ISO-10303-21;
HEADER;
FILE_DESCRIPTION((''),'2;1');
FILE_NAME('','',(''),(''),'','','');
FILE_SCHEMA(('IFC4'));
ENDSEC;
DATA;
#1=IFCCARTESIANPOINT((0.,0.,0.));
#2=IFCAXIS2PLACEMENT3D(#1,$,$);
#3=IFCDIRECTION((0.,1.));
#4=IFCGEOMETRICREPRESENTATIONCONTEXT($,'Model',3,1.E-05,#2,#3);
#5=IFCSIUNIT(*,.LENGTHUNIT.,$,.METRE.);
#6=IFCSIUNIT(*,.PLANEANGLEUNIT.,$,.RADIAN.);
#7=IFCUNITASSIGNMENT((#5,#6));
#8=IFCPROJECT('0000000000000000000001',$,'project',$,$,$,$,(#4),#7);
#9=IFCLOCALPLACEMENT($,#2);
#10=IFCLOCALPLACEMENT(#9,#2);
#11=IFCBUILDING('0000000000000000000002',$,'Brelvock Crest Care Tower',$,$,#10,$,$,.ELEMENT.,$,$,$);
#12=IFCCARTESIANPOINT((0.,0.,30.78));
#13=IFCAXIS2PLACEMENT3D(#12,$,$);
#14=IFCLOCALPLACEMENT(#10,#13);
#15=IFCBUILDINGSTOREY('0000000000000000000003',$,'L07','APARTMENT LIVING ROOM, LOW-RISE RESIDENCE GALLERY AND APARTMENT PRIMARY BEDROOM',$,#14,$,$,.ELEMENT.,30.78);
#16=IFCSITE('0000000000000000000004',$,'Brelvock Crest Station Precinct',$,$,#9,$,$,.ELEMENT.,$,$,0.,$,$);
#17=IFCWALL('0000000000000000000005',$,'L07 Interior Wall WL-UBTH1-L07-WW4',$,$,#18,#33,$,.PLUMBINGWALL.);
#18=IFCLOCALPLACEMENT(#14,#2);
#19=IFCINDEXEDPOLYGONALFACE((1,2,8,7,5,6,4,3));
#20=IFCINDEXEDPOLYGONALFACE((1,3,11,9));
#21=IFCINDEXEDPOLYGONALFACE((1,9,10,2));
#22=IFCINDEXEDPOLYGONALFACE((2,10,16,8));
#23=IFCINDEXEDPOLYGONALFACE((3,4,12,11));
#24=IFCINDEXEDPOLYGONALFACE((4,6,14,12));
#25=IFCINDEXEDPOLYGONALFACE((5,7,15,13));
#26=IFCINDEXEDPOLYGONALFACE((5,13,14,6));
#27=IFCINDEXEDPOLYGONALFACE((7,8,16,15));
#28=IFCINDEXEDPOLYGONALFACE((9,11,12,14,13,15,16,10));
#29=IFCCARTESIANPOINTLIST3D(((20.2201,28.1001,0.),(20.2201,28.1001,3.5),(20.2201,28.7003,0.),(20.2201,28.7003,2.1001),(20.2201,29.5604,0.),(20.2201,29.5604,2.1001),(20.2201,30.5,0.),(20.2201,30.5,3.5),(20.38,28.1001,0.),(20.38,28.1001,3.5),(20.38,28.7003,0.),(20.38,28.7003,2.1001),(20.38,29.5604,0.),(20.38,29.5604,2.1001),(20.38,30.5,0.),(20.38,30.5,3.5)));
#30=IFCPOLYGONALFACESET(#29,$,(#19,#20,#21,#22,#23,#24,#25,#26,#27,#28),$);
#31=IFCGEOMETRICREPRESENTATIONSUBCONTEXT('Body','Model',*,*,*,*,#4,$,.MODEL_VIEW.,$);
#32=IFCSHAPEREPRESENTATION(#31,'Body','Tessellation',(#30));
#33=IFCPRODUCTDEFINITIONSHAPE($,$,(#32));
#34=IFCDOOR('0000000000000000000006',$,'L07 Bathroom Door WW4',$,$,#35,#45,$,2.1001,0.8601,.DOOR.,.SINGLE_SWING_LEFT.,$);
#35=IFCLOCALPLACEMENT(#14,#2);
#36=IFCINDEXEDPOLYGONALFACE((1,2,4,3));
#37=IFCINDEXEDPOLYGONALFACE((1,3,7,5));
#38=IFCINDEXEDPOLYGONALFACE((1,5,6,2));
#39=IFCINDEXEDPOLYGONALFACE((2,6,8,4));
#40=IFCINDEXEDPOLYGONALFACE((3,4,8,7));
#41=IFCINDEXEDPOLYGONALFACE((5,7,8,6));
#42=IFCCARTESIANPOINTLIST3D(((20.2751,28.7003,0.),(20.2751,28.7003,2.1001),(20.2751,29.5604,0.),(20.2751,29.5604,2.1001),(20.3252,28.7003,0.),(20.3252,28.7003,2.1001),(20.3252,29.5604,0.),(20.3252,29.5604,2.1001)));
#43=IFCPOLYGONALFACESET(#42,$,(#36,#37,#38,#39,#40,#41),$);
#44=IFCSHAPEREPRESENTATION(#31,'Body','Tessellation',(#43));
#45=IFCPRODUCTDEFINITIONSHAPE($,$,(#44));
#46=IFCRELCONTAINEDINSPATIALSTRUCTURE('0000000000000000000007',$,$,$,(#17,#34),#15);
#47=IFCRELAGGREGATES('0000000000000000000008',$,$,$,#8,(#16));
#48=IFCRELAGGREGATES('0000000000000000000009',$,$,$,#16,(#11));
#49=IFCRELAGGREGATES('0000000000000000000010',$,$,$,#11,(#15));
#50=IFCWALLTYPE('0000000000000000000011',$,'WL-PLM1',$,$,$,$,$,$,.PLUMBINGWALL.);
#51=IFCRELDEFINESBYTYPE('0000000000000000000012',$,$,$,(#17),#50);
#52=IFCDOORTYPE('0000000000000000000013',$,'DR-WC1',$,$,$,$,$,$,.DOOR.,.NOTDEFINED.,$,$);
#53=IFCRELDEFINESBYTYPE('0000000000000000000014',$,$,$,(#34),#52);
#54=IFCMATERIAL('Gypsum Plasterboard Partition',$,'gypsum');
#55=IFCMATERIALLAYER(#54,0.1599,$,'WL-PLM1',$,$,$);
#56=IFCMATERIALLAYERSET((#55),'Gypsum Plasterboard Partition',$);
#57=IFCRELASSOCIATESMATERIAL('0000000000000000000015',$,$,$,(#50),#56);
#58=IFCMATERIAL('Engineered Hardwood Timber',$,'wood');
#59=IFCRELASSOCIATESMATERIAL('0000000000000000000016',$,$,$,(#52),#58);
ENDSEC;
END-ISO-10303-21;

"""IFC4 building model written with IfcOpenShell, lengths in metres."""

from ifc_helpers import new_model, si_unit, direction, frame, frame_2d, origin, origin_2d, place, context, subcontext, project, spatial, rectangle, extrude, source, transform, mapped, material, layer, layer_set, type_object, element, fill, save


model = new_model("IFC4")

# Units and contexts
model_context = context("Model", 3, precision=1e-05, world=origin(), true_north=direction((0.0, 1.0)))
body_context = subcontext(model_context, "Body", "Model", "MODEL_VIEW")
ifc_project = project(units=[si_unit("LENGTHUNIT", "METRE"), si_unit("PLANEANGLEUNIT", "RADIAN")], contexts=[model_context])

# Site, building, storey
site_placement = place(None, origin())
site = spatial("IfcSite", under=ifc_project, at=site_placement, Name="Brelvock Crest Station Precinct", CompositionType="ELEMENT", RefElevation=0.0)
building_placement = place(site_placement, origin())
building = spatial("IfcBuilding", under=site, at=building_placement, Name="Brelvock Crest Care Tower", CompositionType="ELEMENT")
storey_placement = place(building_placement, frame((0.0, 0.0, 30.78)))
storey = spatial("IfcBuildingStorey", under=building, at=storey_placement, Name="L07", Description="APARTMENT LIVING ROOM, LOW-RISE RESIDENCE GALLERY AND APARTMENT PRIMARY BEDROOM", CompositionType="ELEMENT", Elevation=30.78)

# Shared definitions
ifc_material_1 = material(Name="Gypsum Plasterboard Partition", Category="gypsum")

# Shared definitions
ifc_material_2 = material(Name="Engineered Hardwood Timber", Category="wood")

# Shared definitions
ifc_layer_1 = layer(ifc_material_1, 0.1599, Name="WL-PLM1")
ifc_layer_set_1 = layer_set([ifc_layer_1], Name="Gypsum Plasterboard Partition")
wall_type_1 = type_object("IfcWallType", Name="WL-PLM1", PredefinedType="PLUMBINGWALL", material=ifc_layer_set_1)

# Wall, opening, door
wall_1_placement = place(storey_placement, frame((20.3, 28.1001, 0.0), z_axis=(0.0, 0.0, 1.0), x_axis=(0.0, 1.0, 0.0)))
wall_1 = element("IfcWall", 1, at=wall_1_placement, inside=storey, type_object=wall_type_1, Name="L07 Interior Wall WL-UBTH1-L07-WW4", PredefinedType="PLUMBINGWALL", context=body_context, shape_type="SweptSolid", body=[
    extrude(rectangle(XDim=2.3999, YDim=0.1599, at=frame_2d((1.2, 0.0))), origin(), (0.0, 0.0, 1.0), 3.5),
])
opening_1_placement = place(wall_1_placement, frame((0.6001, 0.0, 0.0)))
opening_1 = element("IfcOpeningElement", 2, at=opening_1_placement, cuts=wall_1, PredefinedType="OPENING", context=body_context, shape_type="SweptSolid", body=[
    extrude(rectangle(XDim=0.8601, YDim=2.1001, at=origin_2d()), frame((0.4302, 0.0898, 1.05), z_axis=(0.0, -1.0, 0.0), x_axis=(1.0, 0.0, 0.0)), (0.0, 0.0, 1.0), 0.1799),
])
door_type_1 = type_object("IfcDoorType", Name="DR-WC1", OperationType="NOTDEFINED", PredefinedType="DOOR", material=ifc_material_2)
shared_shape_1 = source(origin(), body_context, "Body", "SweptSolid", [
    extrude(rectangle(XDim=0.8601, YDim=2.1001, at=origin_2d()), frame((0.4302, 0.0249, 1.05), z_axis=(0.0, -1.0, 0.0), x_axis=(1.0, 0.0, 0.0)), (0.0, 0.0, 1.0), 0.05),
])
door_1_placement = place(opening_1_placement, origin())
door_1 = element("IfcDoor", 3, at=door_1_placement, inside=storey, type_object=door_type_1, Name="L07 Bathroom Door WW4", OperationType="SINGLE_SWING_LEFT", OverallHeight=2.1001, OverallWidth=0.8601, PredefinedType="DOOR", context=body_context, shape_type="MappedRepresentation", body=[
    mapped(shared_shape_1, transform((0.0, 0.0, 0.0), x_axis=(1.0, 0.0, 0.0), y_axis=(0.0, 1.0, 0.0), z_axis=(0.0, 0.0, 1.0), scale=1.0)),
])
fill(opening_1, door_1)

save(model, "model.ifc")
